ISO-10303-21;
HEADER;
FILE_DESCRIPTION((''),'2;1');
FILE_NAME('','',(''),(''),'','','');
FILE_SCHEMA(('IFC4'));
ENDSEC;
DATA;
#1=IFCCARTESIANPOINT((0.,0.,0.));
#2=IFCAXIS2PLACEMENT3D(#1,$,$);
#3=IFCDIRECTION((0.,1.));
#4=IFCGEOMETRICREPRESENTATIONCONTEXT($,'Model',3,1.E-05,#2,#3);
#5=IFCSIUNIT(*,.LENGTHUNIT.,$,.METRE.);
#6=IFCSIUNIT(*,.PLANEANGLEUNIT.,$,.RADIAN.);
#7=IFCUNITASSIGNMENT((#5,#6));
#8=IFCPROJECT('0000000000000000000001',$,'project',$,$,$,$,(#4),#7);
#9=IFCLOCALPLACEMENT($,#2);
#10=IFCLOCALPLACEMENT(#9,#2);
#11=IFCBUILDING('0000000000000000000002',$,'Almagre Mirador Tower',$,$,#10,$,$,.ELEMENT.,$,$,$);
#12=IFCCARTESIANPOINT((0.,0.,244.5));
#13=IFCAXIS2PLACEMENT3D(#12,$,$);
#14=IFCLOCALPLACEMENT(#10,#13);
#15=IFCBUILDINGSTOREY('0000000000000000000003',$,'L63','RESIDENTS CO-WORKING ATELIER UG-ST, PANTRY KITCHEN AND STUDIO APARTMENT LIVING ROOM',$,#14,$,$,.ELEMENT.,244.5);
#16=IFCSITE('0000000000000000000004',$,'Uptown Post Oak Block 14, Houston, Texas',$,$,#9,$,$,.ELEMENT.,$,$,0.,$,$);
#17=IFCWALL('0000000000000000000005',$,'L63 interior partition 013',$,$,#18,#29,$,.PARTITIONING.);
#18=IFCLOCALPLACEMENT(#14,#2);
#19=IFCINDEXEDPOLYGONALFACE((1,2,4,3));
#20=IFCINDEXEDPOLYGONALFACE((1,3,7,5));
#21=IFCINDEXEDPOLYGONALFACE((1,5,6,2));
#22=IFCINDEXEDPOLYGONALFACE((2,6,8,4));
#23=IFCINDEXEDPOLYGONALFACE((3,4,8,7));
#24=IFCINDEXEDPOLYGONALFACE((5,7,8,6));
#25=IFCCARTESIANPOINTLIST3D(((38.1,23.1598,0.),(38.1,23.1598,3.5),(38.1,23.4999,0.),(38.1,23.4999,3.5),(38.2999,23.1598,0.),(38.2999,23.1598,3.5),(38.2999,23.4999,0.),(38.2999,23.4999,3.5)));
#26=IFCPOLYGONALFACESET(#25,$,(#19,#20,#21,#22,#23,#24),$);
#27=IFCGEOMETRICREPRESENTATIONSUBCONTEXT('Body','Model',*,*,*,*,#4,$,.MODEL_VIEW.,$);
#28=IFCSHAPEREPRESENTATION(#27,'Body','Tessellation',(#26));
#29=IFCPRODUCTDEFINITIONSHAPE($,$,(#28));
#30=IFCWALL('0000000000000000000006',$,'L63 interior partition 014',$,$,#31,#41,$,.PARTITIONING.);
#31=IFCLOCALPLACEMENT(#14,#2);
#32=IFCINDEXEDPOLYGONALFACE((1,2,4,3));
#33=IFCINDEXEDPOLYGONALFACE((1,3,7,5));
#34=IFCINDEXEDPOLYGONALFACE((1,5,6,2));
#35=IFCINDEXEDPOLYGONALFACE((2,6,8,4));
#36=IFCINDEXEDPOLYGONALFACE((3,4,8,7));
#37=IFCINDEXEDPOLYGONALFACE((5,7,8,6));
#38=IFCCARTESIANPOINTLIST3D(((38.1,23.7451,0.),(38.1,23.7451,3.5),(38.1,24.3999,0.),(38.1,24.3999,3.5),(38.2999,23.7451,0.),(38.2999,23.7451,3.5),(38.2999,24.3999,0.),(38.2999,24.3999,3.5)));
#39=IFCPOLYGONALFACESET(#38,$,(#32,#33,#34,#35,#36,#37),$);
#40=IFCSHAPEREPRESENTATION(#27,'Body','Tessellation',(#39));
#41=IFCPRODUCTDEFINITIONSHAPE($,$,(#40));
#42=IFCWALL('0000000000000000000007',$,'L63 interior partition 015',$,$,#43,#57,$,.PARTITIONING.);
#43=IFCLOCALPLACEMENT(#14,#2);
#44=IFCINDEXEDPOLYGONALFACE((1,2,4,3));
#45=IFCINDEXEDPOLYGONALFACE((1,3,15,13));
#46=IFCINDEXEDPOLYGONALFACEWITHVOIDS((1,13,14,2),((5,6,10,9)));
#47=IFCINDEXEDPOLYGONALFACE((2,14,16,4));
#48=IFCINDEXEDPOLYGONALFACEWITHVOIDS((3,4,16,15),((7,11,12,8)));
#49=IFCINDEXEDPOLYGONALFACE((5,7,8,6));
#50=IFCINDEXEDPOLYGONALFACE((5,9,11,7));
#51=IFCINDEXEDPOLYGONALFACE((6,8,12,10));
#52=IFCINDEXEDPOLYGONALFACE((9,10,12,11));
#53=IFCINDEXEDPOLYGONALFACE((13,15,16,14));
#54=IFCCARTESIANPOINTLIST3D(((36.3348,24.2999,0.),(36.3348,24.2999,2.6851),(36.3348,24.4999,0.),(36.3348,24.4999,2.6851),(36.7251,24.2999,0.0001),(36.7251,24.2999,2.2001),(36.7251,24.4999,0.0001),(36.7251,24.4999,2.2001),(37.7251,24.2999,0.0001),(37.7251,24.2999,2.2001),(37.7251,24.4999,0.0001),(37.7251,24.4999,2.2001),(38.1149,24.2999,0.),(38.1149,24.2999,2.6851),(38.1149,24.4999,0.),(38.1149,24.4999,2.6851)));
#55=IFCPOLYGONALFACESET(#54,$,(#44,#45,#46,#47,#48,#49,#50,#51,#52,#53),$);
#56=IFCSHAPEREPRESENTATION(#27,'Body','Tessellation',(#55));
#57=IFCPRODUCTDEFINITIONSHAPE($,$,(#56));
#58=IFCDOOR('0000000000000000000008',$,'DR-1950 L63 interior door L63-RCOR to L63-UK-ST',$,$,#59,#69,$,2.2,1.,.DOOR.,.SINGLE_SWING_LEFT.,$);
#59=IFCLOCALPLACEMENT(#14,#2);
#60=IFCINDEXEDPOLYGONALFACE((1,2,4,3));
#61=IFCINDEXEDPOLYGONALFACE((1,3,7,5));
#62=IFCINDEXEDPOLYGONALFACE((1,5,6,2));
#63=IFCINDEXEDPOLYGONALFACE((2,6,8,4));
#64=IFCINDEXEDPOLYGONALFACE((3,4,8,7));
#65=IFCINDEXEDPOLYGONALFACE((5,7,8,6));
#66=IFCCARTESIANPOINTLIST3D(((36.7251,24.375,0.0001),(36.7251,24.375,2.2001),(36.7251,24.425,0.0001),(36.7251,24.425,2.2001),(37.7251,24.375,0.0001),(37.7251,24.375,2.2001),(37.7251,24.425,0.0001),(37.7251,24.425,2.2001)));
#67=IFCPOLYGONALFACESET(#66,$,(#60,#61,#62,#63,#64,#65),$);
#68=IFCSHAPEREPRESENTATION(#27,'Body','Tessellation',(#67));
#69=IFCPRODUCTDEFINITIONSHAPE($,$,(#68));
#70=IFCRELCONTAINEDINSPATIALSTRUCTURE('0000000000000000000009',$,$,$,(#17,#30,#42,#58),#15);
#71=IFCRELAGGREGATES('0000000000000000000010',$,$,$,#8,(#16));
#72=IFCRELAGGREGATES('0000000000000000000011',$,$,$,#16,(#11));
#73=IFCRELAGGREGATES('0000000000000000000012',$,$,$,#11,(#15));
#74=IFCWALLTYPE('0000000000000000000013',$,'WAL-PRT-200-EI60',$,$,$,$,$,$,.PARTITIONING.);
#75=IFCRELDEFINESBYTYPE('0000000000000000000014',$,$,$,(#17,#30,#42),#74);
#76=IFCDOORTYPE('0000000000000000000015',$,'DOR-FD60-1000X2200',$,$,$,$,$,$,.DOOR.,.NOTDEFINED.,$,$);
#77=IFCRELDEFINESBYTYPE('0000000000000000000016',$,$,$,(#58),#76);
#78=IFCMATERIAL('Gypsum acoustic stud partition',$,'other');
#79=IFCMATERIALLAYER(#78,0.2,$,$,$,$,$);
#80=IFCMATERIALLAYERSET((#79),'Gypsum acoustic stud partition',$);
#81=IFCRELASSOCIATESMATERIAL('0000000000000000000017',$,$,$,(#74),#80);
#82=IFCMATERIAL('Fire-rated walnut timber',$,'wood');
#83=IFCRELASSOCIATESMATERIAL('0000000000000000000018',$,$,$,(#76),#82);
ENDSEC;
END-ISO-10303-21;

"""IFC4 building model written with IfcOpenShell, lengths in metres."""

from ifc_helpers import new_model, si_unit, direction, frame, frame_2d, origin, place, context, subcontext, project, spatial, rectangle, extrude, material, layer, layer_set, type_object, element, fill, save


model = new_model("IFC4")

# Units and contexts
model_context = context("Model", 3, precision=1e-05, world=origin(), true_north=direction((0.0, 1.0)))
body_context = subcontext(model_context, "Body", "Model", "MODEL_VIEW")
ifc_project = project(units=[si_unit("LENGTHUNIT", "METRE"), si_unit("PLANEANGLEUNIT", "RADIAN")], contexts=[model_context])

# Site, building, storey
site_placement = place(None, origin())
site = spatial("IfcSite", under=ifc_project, at=site_placement, Name="Uptown Post Oak Block 14, Houston, Texas", CompositionType="ELEMENT", RefElevation=0.0)
building_placement = place(site_placement, origin())
building = spatial("IfcBuilding", under=site, at=building_placement, Name="Almagre Mirador Tower", CompositionType="ELEMENT")
storey_placement = place(building_placement, frame((0.0, 0.0, 244.5)))
storey = spatial("IfcBuildingStorey", under=building, at=storey_placement, Name="L63", Description="RESIDENTS CO-WORKING ATELIER UG-ST, PANTRY KITCHEN AND STUDIO APARTMENT LIVING ROOM", CompositionType="ELEMENT", Elevation=244.5)

# Walls
ifc_material_1 = material(Name="Gypsum acoustic stud partition", Category="other")
ifc_layer_1 = layer(ifc_material_1, 0.2)
ifc_layer_set_1 = layer_set([ifc_layer_1], Name="Gypsum acoustic stud partition")
wall_type_1 = type_object("IfcWallType", Name="WAL-PRT-200-EI60", PredefinedType="PARTITIONING", material=ifc_layer_set_1)
wall_1_placement = place(storey_placement, frame((38.2, 23.1599, 0.0), z_axis=(0.0, 0.0, 1.0), x_axis=(0.0, 1.0, 0.0)))
element("IfcWall", 1, at=wall_1_placement, inside=storey, type_object=wall_type_1, Name="L63 interior partition 013", PredefinedType="PARTITIONING", context=body_context, shape_type="SweptSolid", body=[
    extrude(rectangle(XDim=0.3401, YDim=0.2, at=frame_2d((0.1699, 0.0))), origin(), (0.0, 0.0, 1.0), 3.5),
])
wall_2_placement = place(storey_placement, frame((38.2, 23.7451, 0.0), z_axis=(0.0, 0.0, 1.0), x_axis=(0.0, 1.0, 0.0)))
element("IfcWall", 2, at=wall_2_placement, inside=storey, type_object=wall_type_1, Name="L63 interior partition 014", PredefinedType="PARTITIONING", context=body_context, shape_type="SweptSolid", body=[
    extrude(rectangle(XDim=0.6548, YDim=0.2, at=frame_2d((0.3274, 0.0))), origin(), (0.0, 0.0, 1.0), 3.5),
])

# Wall, opening, door
wall_3_placement = place(storey_placement, frame((38.115, 24.3999, 0.0), z_axis=(0.0, 0.0, 1.0), x_axis=(-1.0, 0.0, 0.0)))
wall_3 = element("IfcWall", 3, at=wall_3_placement, inside=storey, type_object=wall_type_1, Name="L63 interior partition 015", PredefinedType="PARTITIONING", context=body_context, shape_type="SweptSolid", body=[
    extrude(rectangle(XDim=1.78, YDim=0.2, at=frame_2d((0.8901, 0.0))), origin(), (0.0, 0.0, 1.0), 2.6851),
])
opening_1_placement = place(wall_3_placement, frame((0.3899, 0.0, 0.0)))
opening_1 = element("IfcOpeningElement", 4, at=opening_1_placement, cuts=wall_3, PredefinedType="OPENING", context=body_context, shape_type="SweptSolid", body=[
    extrude(rectangle(XDim=1.0, YDim=2.2, at=frame_2d((0.5, 1.1001))), frame((0.0, 0.1101, 0.0), z_axis=(0.0, -1.0, 0.0), x_axis=(1.0, 0.0, 0.0)), (0.0, 0.0, 1.0), 0.22),
])
ifc_material_2 = material(Name="Fire-rated walnut timber", Category="wood")
door_type_1 = type_object("IfcDoorType", Name="DOR-FD60-1000X2200", OperationType="NOTDEFINED", PredefinedType="DOOR", material=ifc_material_2)
door_1_placement = place(opening_1_placement, origin())
door_1 = element("IfcDoor", 5, at=door_1_placement, inside=storey, type_object=door_type_1, Name="DR-1950 L63 interior door L63-RCOR to L63-UK-ST", OperationType="SINGLE_SWING_LEFT", OverallHeight=2.2, OverallWidth=1.0, PredefinedType="DOOR", context=body_context, shape_type="SweptSolid", body=[
    extrude(rectangle(XDim=1.0, YDim=2.2, at=frame_2d((0.5, 1.1001))), frame((0.0, 0.0249, 0.0), z_axis=(0.0, -1.0, 0.0), x_axis=(1.0, 0.0, 0.0)), (0.0, 0.0, 1.0), 0.05),
])
fill(opening_1, door_1)

save(model, "model.ifc")
